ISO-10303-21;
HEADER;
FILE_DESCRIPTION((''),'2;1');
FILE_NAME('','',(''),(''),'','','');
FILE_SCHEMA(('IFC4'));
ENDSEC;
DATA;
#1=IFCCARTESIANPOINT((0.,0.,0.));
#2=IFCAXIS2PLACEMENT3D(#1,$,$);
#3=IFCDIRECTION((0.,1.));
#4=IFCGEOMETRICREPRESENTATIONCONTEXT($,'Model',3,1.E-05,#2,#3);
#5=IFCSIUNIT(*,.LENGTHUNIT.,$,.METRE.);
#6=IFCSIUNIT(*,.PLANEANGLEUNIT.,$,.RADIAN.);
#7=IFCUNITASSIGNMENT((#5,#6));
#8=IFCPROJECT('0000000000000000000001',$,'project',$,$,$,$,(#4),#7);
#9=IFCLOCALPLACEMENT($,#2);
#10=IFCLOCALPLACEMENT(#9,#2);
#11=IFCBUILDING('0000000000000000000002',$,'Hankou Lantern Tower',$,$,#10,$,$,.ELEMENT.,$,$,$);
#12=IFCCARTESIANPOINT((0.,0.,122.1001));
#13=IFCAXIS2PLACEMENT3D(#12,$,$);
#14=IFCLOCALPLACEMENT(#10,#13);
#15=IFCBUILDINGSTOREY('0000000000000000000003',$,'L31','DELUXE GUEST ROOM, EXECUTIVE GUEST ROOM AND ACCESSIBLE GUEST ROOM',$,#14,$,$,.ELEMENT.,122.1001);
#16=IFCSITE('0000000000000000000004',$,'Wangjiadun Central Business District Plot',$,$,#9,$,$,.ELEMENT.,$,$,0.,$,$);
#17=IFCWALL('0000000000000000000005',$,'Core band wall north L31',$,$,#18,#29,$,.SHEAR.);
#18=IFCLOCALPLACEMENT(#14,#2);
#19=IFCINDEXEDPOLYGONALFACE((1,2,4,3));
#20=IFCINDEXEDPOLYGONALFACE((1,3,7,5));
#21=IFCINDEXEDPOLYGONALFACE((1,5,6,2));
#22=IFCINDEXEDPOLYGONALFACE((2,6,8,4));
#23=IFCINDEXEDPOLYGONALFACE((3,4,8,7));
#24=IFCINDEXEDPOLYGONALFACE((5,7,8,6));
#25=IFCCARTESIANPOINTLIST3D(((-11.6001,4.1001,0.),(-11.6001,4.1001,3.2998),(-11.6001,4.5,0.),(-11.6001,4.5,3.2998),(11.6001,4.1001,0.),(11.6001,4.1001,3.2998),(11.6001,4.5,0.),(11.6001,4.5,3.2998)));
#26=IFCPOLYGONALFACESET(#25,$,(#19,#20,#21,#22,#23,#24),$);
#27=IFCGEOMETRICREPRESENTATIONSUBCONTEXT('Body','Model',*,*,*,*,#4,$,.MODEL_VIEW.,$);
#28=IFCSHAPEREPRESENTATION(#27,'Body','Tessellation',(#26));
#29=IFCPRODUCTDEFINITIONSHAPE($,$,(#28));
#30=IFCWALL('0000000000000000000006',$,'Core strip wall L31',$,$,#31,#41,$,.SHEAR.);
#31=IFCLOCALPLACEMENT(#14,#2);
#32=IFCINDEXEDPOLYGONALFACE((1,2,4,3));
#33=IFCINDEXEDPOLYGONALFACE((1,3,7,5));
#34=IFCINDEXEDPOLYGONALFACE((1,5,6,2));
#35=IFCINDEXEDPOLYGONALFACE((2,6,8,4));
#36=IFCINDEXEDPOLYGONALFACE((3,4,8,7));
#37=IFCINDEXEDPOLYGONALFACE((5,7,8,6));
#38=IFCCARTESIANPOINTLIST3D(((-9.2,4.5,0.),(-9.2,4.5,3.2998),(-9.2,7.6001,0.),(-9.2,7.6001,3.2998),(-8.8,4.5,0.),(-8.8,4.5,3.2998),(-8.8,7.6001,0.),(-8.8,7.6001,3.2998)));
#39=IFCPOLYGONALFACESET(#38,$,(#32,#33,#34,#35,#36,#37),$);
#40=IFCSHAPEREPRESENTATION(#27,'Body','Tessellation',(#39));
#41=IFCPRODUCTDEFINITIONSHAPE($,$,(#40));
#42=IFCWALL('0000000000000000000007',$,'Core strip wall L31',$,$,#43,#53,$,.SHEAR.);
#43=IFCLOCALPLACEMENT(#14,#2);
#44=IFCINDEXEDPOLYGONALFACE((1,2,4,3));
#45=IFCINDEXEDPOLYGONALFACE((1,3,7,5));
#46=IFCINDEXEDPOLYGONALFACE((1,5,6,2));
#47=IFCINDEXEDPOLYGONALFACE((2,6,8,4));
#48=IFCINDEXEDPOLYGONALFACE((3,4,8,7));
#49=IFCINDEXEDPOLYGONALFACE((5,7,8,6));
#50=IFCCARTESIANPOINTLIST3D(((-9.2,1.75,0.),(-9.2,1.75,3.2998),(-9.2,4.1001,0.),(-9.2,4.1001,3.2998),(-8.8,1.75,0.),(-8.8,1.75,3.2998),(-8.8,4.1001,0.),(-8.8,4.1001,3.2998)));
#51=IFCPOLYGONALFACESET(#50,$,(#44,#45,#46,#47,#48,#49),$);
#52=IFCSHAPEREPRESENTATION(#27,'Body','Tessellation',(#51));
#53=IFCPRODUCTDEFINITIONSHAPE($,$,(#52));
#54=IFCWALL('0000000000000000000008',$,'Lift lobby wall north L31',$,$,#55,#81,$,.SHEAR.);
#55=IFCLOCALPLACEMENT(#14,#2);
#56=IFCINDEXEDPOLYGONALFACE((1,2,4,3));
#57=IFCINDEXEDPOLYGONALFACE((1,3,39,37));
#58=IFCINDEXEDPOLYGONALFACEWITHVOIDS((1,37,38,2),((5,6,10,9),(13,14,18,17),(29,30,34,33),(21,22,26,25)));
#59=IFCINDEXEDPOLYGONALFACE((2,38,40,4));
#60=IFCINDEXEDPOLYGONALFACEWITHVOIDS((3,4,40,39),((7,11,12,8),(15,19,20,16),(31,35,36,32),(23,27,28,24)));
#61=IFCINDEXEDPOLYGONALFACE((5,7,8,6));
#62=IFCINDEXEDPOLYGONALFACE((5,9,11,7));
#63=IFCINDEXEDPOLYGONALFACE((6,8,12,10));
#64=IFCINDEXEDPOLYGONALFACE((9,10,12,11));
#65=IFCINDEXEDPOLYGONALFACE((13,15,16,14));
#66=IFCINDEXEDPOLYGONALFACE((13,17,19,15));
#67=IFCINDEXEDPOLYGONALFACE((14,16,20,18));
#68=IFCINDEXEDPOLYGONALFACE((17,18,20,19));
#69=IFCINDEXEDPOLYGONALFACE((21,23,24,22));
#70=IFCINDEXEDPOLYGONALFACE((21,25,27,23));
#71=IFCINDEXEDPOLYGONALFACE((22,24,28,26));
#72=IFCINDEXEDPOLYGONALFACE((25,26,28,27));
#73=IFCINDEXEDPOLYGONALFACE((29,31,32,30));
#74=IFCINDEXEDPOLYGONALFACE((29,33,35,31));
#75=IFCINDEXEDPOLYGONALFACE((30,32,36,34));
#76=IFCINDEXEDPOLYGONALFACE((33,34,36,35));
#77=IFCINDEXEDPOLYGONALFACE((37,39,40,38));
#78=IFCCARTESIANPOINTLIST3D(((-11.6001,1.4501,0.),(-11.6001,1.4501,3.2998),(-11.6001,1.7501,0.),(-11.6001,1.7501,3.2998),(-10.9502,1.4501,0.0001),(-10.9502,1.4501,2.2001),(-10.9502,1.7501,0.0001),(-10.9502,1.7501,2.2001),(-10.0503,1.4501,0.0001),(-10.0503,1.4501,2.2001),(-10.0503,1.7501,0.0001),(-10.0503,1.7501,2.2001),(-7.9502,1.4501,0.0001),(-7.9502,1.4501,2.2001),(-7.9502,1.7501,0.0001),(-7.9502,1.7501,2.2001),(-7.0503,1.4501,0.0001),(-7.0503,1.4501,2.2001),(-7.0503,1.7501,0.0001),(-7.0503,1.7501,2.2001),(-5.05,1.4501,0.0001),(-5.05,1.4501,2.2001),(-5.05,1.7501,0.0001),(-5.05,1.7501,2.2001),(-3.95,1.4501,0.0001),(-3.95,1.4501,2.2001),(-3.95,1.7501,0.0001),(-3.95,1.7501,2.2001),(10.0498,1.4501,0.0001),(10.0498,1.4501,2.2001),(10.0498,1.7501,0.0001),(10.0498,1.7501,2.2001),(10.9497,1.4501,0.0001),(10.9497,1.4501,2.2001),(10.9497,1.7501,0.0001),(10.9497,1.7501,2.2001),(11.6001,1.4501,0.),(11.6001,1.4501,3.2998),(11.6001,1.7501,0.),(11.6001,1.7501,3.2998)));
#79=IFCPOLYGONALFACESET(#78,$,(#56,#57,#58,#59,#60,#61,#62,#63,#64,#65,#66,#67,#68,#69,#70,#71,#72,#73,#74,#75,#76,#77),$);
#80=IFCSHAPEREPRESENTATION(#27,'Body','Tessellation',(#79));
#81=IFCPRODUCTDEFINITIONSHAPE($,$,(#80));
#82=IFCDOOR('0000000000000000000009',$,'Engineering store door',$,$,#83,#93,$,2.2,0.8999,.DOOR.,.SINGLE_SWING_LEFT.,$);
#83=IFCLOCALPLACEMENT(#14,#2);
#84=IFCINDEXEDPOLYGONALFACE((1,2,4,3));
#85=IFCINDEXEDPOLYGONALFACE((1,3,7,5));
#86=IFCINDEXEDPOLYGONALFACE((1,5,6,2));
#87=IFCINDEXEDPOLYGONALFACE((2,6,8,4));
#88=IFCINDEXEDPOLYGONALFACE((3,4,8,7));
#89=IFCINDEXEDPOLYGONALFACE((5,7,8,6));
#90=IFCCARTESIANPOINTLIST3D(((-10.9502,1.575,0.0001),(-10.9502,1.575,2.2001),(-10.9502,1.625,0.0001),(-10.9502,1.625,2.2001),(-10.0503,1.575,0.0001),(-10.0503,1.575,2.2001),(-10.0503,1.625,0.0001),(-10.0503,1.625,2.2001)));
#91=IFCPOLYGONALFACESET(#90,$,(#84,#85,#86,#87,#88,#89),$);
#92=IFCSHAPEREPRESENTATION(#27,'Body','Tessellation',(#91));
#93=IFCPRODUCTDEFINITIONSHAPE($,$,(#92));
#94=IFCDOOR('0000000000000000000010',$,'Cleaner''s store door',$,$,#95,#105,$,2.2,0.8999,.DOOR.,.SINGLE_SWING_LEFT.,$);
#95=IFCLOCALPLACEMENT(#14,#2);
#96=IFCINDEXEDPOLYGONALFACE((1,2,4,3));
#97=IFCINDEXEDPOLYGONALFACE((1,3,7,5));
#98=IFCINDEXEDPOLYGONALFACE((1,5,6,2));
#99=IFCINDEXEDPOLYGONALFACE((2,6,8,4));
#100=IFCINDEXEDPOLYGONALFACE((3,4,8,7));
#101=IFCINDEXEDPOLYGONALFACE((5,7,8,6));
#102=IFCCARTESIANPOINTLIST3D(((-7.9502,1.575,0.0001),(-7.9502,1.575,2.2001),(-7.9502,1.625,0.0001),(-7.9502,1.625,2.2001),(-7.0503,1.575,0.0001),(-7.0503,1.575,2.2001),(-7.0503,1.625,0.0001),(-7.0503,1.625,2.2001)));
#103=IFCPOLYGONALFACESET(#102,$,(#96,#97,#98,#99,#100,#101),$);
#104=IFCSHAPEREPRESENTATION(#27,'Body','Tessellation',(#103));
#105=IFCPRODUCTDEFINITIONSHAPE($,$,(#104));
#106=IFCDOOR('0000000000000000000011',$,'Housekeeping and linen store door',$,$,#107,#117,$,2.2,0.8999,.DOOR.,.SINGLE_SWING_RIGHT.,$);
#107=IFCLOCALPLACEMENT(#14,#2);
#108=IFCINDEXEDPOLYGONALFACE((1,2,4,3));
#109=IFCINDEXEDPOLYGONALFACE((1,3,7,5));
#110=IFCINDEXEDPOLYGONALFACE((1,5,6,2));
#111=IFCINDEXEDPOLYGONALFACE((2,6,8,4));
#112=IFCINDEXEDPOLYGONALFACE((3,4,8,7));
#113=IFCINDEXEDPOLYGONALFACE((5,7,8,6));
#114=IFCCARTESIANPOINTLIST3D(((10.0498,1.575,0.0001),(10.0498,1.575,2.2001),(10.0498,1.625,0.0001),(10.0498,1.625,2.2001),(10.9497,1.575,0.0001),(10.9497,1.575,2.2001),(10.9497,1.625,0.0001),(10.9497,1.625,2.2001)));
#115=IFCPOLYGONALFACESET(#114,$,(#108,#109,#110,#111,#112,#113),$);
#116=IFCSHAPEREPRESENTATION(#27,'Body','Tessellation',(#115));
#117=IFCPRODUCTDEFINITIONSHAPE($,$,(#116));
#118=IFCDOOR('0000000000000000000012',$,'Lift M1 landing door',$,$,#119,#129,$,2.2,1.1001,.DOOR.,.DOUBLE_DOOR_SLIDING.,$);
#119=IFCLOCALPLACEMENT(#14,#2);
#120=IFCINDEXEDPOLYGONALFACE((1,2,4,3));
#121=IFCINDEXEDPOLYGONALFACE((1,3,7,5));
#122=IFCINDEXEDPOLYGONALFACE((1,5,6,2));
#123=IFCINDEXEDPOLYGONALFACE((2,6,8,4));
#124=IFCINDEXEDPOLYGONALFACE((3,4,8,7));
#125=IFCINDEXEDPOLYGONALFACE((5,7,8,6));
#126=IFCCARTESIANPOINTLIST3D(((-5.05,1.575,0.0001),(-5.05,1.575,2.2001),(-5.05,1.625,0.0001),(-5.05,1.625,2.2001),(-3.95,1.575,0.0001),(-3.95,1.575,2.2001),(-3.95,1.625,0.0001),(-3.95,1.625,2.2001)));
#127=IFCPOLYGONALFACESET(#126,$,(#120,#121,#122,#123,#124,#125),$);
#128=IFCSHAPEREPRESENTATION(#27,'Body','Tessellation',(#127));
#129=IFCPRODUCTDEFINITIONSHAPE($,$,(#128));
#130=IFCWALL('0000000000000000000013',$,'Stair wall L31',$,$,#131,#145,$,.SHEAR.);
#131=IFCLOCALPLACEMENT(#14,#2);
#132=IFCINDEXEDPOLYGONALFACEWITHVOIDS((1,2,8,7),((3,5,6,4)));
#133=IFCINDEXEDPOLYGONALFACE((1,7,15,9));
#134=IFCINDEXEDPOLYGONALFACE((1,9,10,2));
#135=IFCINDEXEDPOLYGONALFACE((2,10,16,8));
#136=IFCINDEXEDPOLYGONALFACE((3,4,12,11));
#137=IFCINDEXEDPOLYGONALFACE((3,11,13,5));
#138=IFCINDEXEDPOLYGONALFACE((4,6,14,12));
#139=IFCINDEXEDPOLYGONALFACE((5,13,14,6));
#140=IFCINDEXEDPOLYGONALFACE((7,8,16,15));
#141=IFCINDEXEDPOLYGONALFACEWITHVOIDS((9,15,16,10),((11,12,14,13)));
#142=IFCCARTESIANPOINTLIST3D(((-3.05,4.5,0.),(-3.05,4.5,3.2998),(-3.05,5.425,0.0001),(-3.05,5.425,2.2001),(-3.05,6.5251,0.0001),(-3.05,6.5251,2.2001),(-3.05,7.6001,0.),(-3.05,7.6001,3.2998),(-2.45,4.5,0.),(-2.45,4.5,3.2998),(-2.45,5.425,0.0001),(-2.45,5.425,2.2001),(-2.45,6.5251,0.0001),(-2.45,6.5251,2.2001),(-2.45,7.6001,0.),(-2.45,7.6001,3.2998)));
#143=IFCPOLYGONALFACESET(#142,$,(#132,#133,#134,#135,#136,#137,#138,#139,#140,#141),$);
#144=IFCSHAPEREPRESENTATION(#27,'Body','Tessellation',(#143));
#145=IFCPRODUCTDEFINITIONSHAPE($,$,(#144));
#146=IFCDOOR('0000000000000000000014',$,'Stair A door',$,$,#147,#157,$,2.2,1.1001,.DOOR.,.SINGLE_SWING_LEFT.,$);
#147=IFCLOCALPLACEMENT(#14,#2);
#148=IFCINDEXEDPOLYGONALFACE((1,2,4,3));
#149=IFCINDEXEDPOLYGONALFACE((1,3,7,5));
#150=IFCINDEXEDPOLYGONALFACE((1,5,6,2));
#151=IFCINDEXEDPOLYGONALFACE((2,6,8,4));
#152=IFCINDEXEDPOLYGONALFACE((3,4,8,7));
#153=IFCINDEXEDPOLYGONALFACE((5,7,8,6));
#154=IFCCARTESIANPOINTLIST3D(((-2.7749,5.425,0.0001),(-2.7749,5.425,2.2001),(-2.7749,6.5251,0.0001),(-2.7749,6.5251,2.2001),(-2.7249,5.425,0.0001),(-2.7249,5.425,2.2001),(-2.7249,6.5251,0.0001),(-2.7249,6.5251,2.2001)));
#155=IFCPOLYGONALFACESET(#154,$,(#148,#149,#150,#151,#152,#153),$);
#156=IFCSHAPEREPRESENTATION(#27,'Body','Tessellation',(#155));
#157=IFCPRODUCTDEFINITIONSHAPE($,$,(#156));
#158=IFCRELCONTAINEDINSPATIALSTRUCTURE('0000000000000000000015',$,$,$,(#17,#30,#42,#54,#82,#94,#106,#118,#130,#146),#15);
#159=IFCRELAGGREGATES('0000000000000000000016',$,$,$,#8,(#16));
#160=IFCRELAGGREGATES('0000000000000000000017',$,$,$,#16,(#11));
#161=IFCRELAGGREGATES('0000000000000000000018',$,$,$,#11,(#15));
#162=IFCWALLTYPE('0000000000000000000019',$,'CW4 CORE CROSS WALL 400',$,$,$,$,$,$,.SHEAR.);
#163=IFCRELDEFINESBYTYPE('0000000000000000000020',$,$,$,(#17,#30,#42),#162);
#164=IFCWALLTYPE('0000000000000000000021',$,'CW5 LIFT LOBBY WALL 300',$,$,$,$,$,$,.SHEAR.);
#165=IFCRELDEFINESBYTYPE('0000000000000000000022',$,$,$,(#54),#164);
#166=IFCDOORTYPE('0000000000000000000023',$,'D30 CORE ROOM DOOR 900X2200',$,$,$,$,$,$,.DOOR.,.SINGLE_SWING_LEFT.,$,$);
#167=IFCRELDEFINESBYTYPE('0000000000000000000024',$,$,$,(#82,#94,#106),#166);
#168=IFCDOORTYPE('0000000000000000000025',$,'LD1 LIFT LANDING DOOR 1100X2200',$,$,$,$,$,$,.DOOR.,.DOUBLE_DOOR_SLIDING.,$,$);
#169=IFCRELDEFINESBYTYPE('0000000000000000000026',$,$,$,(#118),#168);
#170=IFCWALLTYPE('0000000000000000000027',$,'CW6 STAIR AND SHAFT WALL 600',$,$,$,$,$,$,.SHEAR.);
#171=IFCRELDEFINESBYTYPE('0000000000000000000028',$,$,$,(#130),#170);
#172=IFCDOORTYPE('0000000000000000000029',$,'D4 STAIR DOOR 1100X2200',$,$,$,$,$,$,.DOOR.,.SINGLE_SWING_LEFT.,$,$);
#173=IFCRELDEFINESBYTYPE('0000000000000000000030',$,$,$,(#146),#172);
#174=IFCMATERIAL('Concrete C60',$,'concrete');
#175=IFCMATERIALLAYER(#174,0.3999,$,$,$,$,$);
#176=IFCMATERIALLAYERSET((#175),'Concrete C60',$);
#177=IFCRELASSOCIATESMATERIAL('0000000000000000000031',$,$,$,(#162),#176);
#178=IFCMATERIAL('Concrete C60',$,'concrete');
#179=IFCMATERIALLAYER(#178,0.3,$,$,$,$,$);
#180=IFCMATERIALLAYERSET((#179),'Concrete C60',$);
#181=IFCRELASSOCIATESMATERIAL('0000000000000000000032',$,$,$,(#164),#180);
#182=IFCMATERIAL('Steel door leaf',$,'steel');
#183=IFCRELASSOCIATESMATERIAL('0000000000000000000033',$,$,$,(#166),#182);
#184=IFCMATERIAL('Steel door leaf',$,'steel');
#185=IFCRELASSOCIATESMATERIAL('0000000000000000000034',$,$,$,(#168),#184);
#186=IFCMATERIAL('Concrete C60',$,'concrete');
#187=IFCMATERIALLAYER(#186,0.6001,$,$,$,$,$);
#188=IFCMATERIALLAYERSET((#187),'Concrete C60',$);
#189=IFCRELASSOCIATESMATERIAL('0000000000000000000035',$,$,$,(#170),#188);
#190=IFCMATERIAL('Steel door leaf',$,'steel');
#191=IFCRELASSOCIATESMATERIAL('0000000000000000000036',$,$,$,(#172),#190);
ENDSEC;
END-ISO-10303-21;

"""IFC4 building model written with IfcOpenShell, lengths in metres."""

from ifc_helpers import new_model, si_unit, direction, frame, frame_2d, origin, place, context, subcontext, project, spatial, rectangle, extrude, material, layer, layer_set, type_object, element, fill, save


model = new_model("IFC4")

# Units and contexts
model_context = context("Model", 3, precision=1e-05, world=origin(), true_north=direction((0.0, 1.0)))
body_context = subcontext(model_context, "Body", "Model", "MODEL_VIEW")
ifc_project = project(units=[si_unit("LENGTHUNIT", "METRE"), si_unit("PLANEANGLEUNIT", "RADIAN")], contexts=[model_context])

# Site, building, storey
site_placement = place(None, origin())
site = spatial("IfcSite", under=ifc_project, at=site_placement, Name="Wangjiadun Central Business District Plot", CompositionType="ELEMENT", RefElevation=0.0)
building_placement = place(site_placement, origin())
building = spatial("IfcBuilding", under=site, at=building_placement, Name="Hankou Lantern Tower", CompositionType="ELEMENT")
storey_placement = place(building_placement, frame((0.0, 0.0, 122.1001)))
storey = spatial("IfcBuildingStorey", under=building, at=storey_placement, Name="L31", Description="DELUXE GUEST ROOM, EXECUTIVE GUEST ROOM AND ACCESSIBLE GUEST ROOM", CompositionType="ELEMENT", Elevation=122.1001)

# Walls
ifc_material_1 = material(Name="Concrete C60", Category="concrete")
ifc_layer_1 = layer(ifc_material_1, 0.3999)
ifc_layer_set_1 = layer_set([ifc_layer_1], Name="Concrete C60")
wall_type_1 = type_object("IfcWallType", Name="CW4 CORE CROSS WALL 400", PredefinedType="SHEAR", material=ifc_layer_set_1)
wall_1_placement = place(storey_placement, frame((-11.6001, 4.3, 0.0), z_axis=(0.0, 0.0, 1.0), x_axis=(1.0, 0.0, 0.0)))
element("IfcWall", 1, at=wall_1_placement, inside=storey, type_object=wall_type_1, Name="Core band wall north L31", PredefinedType="SHEAR", context=body_context, shape_type="SweptSolid", body=[
    extrude(rectangle(XDim=23.2002, YDim=0.3999, at=frame_2d((11.6001, 0.0))), origin(), (0.0, 0.0, 1.0), 3.2998),
])
wall_2_placement = place(storey_placement, frame((-9.0, 4.5, 0.0), z_axis=(0.0, 0.0, 1.0), x_axis=(0.0, 1.0, 0.0)))
element("IfcWall", 2, at=wall_2_placement, inside=storey, type_object=wall_type_1, Name="Core strip wall L31", PredefinedType="SHEAR", context=body_context, shape_type="SweptSolid", body=[
    extrude(rectangle(XDim=3.1001, YDim=0.3999, at=frame_2d((1.55, 0.0))), origin(), (0.0, 0.0, 1.0), 3.2998),
])
wall_3_placement = place(storey_placement, frame((-9.0, 1.75, 0.0), z_axis=(0.0, 0.0, 1.0), x_axis=(0.0, 1.0, 0.0)))
element("IfcWall", 3, at=wall_3_placement, inside=storey, type_object=wall_type_1, Name="Core strip wall L31", PredefinedType="SHEAR", context=body_context, shape_type="SweptSolid", body=[
    extrude(rectangle(XDim=2.3501, YDim=0.3999, at=frame_2d((1.175, 0.0))), origin(), (0.0, 0.0, 1.0), 3.2998),
])

# Wall, openings, doors
ifc_material_2 = material(Name="Concrete C60", Category="concrete")
ifc_layer_2 = layer(ifc_material_2, 0.3)
ifc_layer_set_2 = layer_set([ifc_layer_2], Name="Concrete C60")
wall_type_2 = type_object("IfcWallType", Name="CW5 LIFT LOBBY WALL 300", PredefinedType="SHEAR", material=ifc_layer_set_2)
wall_4_placement = place(storey_placement, frame((-11.6001, 1.6001, 0.0), z_axis=(0.0, 0.0, 1.0), x_axis=(1.0, 0.0, 0.0)))
wall_4 = element("IfcWall", 4, at=wall_4_placement, inside=storey, type_object=wall_type_2, Name="Lift lobby wall north L31", PredefinedType="SHEAR", context=body_context, shape_type="SweptSolid", body=[
    extrude(rectangle(XDim=23.2002, YDim=0.3, at=frame_2d((11.6001, 0.0))), origin(), (0.0, 0.0, 1.0), 3.2998),
])
opening_1_placement = place(wall_4_placement, frame((6.55, 0.0, 0.0)))
opening_1 = element("IfcOpeningElement", 5, at=opening_1_placement, cuts=wall_4, PredefinedType="OPENING", context=body_context, shape_type="SweptSolid", body=[
    extrude(rectangle(XDim=1.1001, YDim=2.2, at=frame_2d((0.55, 1.1001))), frame((0.0, 0.1599, 0.0), z_axis=(0.0, -1.0, 0.0), x_axis=(1.0, 0.0, 0.0)), (0.0, 0.0, 1.0), 0.3201),
])
opening_2_placement = place(wall_4_placement, frame((0.6499, 0.0, 0.0)))
opening_2 = element("IfcOpeningElement", 6, at=opening_2_placement, cuts=wall_4, PredefinedType="OPENING", context=body_context, shape_type="SweptSolid", body=[
    extrude(rectangle(XDim=0.8999, YDim=2.2, at=frame_2d((0.45, 1.1001))), frame((0.0, 0.1599, 0.0), z_axis=(0.0, -1.0, 0.0), x_axis=(1.0, 0.0, 0.0)), (0.0, 0.0, 1.0), 0.3201),
])
opening_3_placement = place(wall_4_placement, frame((3.6499, 0.0, 0.0)))
opening_3 = element("IfcOpeningElement", 7, at=opening_3_placement, cuts=wall_4, PredefinedType="OPENING", context=body_context, shape_type="SweptSolid", body=[
    extrude(rectangle(XDim=0.8999, YDim=2.2, at=frame_2d((0.45, 1.1001))), frame((0.0, 0.1599, 0.0), z_axis=(0.0, -1.0, 0.0), x_axis=(1.0, 0.0, 0.0)), (0.0, 0.0, 1.0), 0.3201),
])
opening_4_placement = place(wall_4_placement, frame((21.6499, 0.0, 0.0)))
opening_4 = element("IfcOpeningElement", 8, at=opening_4_placement, cuts=wall_4, PredefinedType="OPENING", context=body_context, shape_type="SweptSolid", body=[
    extrude(rectangle(XDim=0.8999, YDim=2.2, at=frame_2d((0.45, 1.1001))), frame((0.0, 0.1599, 0.0), z_axis=(0.0, -1.0, 0.0), x_axis=(1.0, 0.0, 0.0)), (0.0, 0.0, 1.0), 0.3201),
])
ifc_material_3 = material(Name="Steel door leaf", Category="steel")
door_type_1 = type_object("IfcDoorType", Name="D30 CORE ROOM DOOR 900X2200", OperationType="SINGLE_SWING_LEFT", PredefinedType="DOOR", material=ifc_material_3)
door_1_placement = place(opening_2_placement, origin())
door_1 = element("IfcDoor", 9, at=door_1_placement, inside=storey, type_object=door_type_1, Name="Engineering store door", OperationType="SINGLE_SWING_LEFT", OverallHeight=2.2, OverallWidth=0.8999, PredefinedType="DOOR", context=body_context, shape_type="SweptSolid", body=[
    extrude(rectangle(XDim=0.8999, YDim=2.2, at=frame_2d((0.45, 1.1001))), frame((0.0, 0.0249, 0.0), z_axis=(0.0, -1.0, 0.0), x_axis=(1.0, 0.0, 0.0)), (0.0, 0.0, 1.0), 0.05),
])
fill(opening_2, door_1)
door_2_placement = place(opening_3_placement, origin())
door_2 = element("IfcDoor", 10, at=door_2_placement, inside=storey, type_object=door_type_1, Name="Cleaner's store door", OperationType="SINGLE_SWING_LEFT", OverallHeight=2.2, OverallWidth=0.8999, PredefinedType="DOOR", context=body_context, shape_type="SweptSolid", body=[
    extrude(rectangle(XDim=0.8999, YDim=2.2, at=frame_2d((0.45, 1.1001))), frame((0.0, 0.0249, 0.0), z_axis=(0.0, -1.0, 0.0), x_axis=(1.0, 0.0, 0.0)), (0.0, 0.0, 1.0), 0.05),
])
fill(opening_3, door_2)
door_3_placement = place(opening_4_placement, origin())
door_3 = element("IfcDoor", 11, at=door_3_placement, inside=storey, type_object=door_type_1, Name="Housekeeping and linen store door", OperationType="SINGLE_SWING_RIGHT", OverallHeight=2.2, OverallWidth=0.8999, PredefinedType="DOOR", context=body_context, shape_type="SweptSolid", body=[
    extrude(rectangle(XDim=0.8999, YDim=2.2, at=frame_2d((0.45, 1.1001))), frame((0.0, 0.0249, 0.0), z_axis=(0.0, -1.0, 0.0), x_axis=(1.0, 0.0, 0.0)), (0.0, 0.0, 1.0), 0.05),
])
fill(opening_4, door_3)
ifc_material_4 = material(Name="Steel door leaf", Category="steel")
door_type_2 = type_object("IfcDoorType", Name="LD1 LIFT LANDING DOOR 1100X2200", OperationType="DOUBLE_DOOR_SLIDING", PredefinedType="DOOR", material=ifc_material_4)
door_4_placement = place(opening_1_placement, origin())
door_4 = element("IfcDoor", 12, at=door_4_placement, inside=storey, type_object=door_type_2, Name="Lift M1 landing door", OperationType="DOUBLE_DOOR_SLIDING", OverallHeight=2.2, OverallWidth=1.1001, PredefinedType="DOOR", context=body_context, shape_type="SweptSolid", body=[
    extrude(rectangle(XDim=1.1001, YDim=2.2, at=frame_2d((0.55, 1.1001))), frame((0.0, 0.0249, 0.0), z_axis=(0.0, -1.0, 0.0), x_axis=(1.0, 0.0, 0.0)), (0.0, 0.0, 1.0), 0.05),
])
fill(opening_1, door_4)

# Wall, opening, door
ifc_material_5 = material(Name="Concrete C60", Category="concrete")
ifc_layer_3 = layer(ifc_material_5, 0.6001)
ifc_layer_set_3 = layer_set([ifc_layer_3], Name="Concrete C60")
wall_type_3 = type_object("IfcWallType", Name="CW6 STAIR AND SHAFT WALL 600", PredefinedType="SHEAR", material=ifc_layer_set_3)
wall_5_placement = place(storey_placement, frame((-2.75, 4.5, 0.0), z_axis=(0.0, 0.0, 1.0), x_axis=(0.0, 1.0, 0.0)))
wall_5 = element("IfcWall", 13, at=wall_5_placement, inside=storey, type_object=wall_type_3, Name="Stair wall L31", PredefinedType="SHEAR", context=body_context, shape_type="SweptSolid", body=[
    extrude(rectangle(XDim=3.1001, YDim=0.6001, at=frame_2d((1.55, 0.0))), origin(), (0.0, 0.0, 1.0), 3.2998),
])
opening_5_placement = place(wall_5_placement, frame((0.925, 0.0, 0.0)))
opening_5 = element("IfcOpeningElement", 14, at=opening_5_placement, cuts=wall_5, PredefinedType="OPENING", context=body_context, shape_type="SweptSolid", body=[
    extrude(rectangle(XDim=1.1001, YDim=2.2, at=frame_2d((0.55, 1.1001))), frame((0.0, 0.3101, 0.0), z_axis=(0.0, -1.0, 0.0), x_axis=(1.0, 0.0, 0.0)), (0.0, 0.0, 1.0), 0.6201),
])
ifc_material_6 = material(Name="Steel door leaf", Category="steel")
door_type_3 = type_object("IfcDoorType", Name="D4 STAIR DOOR 1100X2200", OperationType="SINGLE_SWING_LEFT", PredefinedType="DOOR", material=ifc_material_6)
door_5_placement = place(opening_5_placement, origin())
door_5 = element("IfcDoor", 15, at=door_5_placement, inside=storey, type_object=door_type_3, Name="Stair A door", OperationType="SINGLE_SWING_LEFT", OverallHeight=2.2, OverallWidth=1.1001, PredefinedType="DOOR", context=body_context, shape_type="SweptSolid", body=[
    extrude(rectangle(XDim=1.1001, YDim=2.2, at=frame_2d((0.55, 1.1001))), frame((0.0, 0.0249, 0.0), z_axis=(0.0, -1.0, 0.0), x_axis=(1.0, 0.0, 0.0)), (0.0, 0.0, 1.0), 0.05),
])
fill(opening_5, door_5)

save(model, "model.ifc")
